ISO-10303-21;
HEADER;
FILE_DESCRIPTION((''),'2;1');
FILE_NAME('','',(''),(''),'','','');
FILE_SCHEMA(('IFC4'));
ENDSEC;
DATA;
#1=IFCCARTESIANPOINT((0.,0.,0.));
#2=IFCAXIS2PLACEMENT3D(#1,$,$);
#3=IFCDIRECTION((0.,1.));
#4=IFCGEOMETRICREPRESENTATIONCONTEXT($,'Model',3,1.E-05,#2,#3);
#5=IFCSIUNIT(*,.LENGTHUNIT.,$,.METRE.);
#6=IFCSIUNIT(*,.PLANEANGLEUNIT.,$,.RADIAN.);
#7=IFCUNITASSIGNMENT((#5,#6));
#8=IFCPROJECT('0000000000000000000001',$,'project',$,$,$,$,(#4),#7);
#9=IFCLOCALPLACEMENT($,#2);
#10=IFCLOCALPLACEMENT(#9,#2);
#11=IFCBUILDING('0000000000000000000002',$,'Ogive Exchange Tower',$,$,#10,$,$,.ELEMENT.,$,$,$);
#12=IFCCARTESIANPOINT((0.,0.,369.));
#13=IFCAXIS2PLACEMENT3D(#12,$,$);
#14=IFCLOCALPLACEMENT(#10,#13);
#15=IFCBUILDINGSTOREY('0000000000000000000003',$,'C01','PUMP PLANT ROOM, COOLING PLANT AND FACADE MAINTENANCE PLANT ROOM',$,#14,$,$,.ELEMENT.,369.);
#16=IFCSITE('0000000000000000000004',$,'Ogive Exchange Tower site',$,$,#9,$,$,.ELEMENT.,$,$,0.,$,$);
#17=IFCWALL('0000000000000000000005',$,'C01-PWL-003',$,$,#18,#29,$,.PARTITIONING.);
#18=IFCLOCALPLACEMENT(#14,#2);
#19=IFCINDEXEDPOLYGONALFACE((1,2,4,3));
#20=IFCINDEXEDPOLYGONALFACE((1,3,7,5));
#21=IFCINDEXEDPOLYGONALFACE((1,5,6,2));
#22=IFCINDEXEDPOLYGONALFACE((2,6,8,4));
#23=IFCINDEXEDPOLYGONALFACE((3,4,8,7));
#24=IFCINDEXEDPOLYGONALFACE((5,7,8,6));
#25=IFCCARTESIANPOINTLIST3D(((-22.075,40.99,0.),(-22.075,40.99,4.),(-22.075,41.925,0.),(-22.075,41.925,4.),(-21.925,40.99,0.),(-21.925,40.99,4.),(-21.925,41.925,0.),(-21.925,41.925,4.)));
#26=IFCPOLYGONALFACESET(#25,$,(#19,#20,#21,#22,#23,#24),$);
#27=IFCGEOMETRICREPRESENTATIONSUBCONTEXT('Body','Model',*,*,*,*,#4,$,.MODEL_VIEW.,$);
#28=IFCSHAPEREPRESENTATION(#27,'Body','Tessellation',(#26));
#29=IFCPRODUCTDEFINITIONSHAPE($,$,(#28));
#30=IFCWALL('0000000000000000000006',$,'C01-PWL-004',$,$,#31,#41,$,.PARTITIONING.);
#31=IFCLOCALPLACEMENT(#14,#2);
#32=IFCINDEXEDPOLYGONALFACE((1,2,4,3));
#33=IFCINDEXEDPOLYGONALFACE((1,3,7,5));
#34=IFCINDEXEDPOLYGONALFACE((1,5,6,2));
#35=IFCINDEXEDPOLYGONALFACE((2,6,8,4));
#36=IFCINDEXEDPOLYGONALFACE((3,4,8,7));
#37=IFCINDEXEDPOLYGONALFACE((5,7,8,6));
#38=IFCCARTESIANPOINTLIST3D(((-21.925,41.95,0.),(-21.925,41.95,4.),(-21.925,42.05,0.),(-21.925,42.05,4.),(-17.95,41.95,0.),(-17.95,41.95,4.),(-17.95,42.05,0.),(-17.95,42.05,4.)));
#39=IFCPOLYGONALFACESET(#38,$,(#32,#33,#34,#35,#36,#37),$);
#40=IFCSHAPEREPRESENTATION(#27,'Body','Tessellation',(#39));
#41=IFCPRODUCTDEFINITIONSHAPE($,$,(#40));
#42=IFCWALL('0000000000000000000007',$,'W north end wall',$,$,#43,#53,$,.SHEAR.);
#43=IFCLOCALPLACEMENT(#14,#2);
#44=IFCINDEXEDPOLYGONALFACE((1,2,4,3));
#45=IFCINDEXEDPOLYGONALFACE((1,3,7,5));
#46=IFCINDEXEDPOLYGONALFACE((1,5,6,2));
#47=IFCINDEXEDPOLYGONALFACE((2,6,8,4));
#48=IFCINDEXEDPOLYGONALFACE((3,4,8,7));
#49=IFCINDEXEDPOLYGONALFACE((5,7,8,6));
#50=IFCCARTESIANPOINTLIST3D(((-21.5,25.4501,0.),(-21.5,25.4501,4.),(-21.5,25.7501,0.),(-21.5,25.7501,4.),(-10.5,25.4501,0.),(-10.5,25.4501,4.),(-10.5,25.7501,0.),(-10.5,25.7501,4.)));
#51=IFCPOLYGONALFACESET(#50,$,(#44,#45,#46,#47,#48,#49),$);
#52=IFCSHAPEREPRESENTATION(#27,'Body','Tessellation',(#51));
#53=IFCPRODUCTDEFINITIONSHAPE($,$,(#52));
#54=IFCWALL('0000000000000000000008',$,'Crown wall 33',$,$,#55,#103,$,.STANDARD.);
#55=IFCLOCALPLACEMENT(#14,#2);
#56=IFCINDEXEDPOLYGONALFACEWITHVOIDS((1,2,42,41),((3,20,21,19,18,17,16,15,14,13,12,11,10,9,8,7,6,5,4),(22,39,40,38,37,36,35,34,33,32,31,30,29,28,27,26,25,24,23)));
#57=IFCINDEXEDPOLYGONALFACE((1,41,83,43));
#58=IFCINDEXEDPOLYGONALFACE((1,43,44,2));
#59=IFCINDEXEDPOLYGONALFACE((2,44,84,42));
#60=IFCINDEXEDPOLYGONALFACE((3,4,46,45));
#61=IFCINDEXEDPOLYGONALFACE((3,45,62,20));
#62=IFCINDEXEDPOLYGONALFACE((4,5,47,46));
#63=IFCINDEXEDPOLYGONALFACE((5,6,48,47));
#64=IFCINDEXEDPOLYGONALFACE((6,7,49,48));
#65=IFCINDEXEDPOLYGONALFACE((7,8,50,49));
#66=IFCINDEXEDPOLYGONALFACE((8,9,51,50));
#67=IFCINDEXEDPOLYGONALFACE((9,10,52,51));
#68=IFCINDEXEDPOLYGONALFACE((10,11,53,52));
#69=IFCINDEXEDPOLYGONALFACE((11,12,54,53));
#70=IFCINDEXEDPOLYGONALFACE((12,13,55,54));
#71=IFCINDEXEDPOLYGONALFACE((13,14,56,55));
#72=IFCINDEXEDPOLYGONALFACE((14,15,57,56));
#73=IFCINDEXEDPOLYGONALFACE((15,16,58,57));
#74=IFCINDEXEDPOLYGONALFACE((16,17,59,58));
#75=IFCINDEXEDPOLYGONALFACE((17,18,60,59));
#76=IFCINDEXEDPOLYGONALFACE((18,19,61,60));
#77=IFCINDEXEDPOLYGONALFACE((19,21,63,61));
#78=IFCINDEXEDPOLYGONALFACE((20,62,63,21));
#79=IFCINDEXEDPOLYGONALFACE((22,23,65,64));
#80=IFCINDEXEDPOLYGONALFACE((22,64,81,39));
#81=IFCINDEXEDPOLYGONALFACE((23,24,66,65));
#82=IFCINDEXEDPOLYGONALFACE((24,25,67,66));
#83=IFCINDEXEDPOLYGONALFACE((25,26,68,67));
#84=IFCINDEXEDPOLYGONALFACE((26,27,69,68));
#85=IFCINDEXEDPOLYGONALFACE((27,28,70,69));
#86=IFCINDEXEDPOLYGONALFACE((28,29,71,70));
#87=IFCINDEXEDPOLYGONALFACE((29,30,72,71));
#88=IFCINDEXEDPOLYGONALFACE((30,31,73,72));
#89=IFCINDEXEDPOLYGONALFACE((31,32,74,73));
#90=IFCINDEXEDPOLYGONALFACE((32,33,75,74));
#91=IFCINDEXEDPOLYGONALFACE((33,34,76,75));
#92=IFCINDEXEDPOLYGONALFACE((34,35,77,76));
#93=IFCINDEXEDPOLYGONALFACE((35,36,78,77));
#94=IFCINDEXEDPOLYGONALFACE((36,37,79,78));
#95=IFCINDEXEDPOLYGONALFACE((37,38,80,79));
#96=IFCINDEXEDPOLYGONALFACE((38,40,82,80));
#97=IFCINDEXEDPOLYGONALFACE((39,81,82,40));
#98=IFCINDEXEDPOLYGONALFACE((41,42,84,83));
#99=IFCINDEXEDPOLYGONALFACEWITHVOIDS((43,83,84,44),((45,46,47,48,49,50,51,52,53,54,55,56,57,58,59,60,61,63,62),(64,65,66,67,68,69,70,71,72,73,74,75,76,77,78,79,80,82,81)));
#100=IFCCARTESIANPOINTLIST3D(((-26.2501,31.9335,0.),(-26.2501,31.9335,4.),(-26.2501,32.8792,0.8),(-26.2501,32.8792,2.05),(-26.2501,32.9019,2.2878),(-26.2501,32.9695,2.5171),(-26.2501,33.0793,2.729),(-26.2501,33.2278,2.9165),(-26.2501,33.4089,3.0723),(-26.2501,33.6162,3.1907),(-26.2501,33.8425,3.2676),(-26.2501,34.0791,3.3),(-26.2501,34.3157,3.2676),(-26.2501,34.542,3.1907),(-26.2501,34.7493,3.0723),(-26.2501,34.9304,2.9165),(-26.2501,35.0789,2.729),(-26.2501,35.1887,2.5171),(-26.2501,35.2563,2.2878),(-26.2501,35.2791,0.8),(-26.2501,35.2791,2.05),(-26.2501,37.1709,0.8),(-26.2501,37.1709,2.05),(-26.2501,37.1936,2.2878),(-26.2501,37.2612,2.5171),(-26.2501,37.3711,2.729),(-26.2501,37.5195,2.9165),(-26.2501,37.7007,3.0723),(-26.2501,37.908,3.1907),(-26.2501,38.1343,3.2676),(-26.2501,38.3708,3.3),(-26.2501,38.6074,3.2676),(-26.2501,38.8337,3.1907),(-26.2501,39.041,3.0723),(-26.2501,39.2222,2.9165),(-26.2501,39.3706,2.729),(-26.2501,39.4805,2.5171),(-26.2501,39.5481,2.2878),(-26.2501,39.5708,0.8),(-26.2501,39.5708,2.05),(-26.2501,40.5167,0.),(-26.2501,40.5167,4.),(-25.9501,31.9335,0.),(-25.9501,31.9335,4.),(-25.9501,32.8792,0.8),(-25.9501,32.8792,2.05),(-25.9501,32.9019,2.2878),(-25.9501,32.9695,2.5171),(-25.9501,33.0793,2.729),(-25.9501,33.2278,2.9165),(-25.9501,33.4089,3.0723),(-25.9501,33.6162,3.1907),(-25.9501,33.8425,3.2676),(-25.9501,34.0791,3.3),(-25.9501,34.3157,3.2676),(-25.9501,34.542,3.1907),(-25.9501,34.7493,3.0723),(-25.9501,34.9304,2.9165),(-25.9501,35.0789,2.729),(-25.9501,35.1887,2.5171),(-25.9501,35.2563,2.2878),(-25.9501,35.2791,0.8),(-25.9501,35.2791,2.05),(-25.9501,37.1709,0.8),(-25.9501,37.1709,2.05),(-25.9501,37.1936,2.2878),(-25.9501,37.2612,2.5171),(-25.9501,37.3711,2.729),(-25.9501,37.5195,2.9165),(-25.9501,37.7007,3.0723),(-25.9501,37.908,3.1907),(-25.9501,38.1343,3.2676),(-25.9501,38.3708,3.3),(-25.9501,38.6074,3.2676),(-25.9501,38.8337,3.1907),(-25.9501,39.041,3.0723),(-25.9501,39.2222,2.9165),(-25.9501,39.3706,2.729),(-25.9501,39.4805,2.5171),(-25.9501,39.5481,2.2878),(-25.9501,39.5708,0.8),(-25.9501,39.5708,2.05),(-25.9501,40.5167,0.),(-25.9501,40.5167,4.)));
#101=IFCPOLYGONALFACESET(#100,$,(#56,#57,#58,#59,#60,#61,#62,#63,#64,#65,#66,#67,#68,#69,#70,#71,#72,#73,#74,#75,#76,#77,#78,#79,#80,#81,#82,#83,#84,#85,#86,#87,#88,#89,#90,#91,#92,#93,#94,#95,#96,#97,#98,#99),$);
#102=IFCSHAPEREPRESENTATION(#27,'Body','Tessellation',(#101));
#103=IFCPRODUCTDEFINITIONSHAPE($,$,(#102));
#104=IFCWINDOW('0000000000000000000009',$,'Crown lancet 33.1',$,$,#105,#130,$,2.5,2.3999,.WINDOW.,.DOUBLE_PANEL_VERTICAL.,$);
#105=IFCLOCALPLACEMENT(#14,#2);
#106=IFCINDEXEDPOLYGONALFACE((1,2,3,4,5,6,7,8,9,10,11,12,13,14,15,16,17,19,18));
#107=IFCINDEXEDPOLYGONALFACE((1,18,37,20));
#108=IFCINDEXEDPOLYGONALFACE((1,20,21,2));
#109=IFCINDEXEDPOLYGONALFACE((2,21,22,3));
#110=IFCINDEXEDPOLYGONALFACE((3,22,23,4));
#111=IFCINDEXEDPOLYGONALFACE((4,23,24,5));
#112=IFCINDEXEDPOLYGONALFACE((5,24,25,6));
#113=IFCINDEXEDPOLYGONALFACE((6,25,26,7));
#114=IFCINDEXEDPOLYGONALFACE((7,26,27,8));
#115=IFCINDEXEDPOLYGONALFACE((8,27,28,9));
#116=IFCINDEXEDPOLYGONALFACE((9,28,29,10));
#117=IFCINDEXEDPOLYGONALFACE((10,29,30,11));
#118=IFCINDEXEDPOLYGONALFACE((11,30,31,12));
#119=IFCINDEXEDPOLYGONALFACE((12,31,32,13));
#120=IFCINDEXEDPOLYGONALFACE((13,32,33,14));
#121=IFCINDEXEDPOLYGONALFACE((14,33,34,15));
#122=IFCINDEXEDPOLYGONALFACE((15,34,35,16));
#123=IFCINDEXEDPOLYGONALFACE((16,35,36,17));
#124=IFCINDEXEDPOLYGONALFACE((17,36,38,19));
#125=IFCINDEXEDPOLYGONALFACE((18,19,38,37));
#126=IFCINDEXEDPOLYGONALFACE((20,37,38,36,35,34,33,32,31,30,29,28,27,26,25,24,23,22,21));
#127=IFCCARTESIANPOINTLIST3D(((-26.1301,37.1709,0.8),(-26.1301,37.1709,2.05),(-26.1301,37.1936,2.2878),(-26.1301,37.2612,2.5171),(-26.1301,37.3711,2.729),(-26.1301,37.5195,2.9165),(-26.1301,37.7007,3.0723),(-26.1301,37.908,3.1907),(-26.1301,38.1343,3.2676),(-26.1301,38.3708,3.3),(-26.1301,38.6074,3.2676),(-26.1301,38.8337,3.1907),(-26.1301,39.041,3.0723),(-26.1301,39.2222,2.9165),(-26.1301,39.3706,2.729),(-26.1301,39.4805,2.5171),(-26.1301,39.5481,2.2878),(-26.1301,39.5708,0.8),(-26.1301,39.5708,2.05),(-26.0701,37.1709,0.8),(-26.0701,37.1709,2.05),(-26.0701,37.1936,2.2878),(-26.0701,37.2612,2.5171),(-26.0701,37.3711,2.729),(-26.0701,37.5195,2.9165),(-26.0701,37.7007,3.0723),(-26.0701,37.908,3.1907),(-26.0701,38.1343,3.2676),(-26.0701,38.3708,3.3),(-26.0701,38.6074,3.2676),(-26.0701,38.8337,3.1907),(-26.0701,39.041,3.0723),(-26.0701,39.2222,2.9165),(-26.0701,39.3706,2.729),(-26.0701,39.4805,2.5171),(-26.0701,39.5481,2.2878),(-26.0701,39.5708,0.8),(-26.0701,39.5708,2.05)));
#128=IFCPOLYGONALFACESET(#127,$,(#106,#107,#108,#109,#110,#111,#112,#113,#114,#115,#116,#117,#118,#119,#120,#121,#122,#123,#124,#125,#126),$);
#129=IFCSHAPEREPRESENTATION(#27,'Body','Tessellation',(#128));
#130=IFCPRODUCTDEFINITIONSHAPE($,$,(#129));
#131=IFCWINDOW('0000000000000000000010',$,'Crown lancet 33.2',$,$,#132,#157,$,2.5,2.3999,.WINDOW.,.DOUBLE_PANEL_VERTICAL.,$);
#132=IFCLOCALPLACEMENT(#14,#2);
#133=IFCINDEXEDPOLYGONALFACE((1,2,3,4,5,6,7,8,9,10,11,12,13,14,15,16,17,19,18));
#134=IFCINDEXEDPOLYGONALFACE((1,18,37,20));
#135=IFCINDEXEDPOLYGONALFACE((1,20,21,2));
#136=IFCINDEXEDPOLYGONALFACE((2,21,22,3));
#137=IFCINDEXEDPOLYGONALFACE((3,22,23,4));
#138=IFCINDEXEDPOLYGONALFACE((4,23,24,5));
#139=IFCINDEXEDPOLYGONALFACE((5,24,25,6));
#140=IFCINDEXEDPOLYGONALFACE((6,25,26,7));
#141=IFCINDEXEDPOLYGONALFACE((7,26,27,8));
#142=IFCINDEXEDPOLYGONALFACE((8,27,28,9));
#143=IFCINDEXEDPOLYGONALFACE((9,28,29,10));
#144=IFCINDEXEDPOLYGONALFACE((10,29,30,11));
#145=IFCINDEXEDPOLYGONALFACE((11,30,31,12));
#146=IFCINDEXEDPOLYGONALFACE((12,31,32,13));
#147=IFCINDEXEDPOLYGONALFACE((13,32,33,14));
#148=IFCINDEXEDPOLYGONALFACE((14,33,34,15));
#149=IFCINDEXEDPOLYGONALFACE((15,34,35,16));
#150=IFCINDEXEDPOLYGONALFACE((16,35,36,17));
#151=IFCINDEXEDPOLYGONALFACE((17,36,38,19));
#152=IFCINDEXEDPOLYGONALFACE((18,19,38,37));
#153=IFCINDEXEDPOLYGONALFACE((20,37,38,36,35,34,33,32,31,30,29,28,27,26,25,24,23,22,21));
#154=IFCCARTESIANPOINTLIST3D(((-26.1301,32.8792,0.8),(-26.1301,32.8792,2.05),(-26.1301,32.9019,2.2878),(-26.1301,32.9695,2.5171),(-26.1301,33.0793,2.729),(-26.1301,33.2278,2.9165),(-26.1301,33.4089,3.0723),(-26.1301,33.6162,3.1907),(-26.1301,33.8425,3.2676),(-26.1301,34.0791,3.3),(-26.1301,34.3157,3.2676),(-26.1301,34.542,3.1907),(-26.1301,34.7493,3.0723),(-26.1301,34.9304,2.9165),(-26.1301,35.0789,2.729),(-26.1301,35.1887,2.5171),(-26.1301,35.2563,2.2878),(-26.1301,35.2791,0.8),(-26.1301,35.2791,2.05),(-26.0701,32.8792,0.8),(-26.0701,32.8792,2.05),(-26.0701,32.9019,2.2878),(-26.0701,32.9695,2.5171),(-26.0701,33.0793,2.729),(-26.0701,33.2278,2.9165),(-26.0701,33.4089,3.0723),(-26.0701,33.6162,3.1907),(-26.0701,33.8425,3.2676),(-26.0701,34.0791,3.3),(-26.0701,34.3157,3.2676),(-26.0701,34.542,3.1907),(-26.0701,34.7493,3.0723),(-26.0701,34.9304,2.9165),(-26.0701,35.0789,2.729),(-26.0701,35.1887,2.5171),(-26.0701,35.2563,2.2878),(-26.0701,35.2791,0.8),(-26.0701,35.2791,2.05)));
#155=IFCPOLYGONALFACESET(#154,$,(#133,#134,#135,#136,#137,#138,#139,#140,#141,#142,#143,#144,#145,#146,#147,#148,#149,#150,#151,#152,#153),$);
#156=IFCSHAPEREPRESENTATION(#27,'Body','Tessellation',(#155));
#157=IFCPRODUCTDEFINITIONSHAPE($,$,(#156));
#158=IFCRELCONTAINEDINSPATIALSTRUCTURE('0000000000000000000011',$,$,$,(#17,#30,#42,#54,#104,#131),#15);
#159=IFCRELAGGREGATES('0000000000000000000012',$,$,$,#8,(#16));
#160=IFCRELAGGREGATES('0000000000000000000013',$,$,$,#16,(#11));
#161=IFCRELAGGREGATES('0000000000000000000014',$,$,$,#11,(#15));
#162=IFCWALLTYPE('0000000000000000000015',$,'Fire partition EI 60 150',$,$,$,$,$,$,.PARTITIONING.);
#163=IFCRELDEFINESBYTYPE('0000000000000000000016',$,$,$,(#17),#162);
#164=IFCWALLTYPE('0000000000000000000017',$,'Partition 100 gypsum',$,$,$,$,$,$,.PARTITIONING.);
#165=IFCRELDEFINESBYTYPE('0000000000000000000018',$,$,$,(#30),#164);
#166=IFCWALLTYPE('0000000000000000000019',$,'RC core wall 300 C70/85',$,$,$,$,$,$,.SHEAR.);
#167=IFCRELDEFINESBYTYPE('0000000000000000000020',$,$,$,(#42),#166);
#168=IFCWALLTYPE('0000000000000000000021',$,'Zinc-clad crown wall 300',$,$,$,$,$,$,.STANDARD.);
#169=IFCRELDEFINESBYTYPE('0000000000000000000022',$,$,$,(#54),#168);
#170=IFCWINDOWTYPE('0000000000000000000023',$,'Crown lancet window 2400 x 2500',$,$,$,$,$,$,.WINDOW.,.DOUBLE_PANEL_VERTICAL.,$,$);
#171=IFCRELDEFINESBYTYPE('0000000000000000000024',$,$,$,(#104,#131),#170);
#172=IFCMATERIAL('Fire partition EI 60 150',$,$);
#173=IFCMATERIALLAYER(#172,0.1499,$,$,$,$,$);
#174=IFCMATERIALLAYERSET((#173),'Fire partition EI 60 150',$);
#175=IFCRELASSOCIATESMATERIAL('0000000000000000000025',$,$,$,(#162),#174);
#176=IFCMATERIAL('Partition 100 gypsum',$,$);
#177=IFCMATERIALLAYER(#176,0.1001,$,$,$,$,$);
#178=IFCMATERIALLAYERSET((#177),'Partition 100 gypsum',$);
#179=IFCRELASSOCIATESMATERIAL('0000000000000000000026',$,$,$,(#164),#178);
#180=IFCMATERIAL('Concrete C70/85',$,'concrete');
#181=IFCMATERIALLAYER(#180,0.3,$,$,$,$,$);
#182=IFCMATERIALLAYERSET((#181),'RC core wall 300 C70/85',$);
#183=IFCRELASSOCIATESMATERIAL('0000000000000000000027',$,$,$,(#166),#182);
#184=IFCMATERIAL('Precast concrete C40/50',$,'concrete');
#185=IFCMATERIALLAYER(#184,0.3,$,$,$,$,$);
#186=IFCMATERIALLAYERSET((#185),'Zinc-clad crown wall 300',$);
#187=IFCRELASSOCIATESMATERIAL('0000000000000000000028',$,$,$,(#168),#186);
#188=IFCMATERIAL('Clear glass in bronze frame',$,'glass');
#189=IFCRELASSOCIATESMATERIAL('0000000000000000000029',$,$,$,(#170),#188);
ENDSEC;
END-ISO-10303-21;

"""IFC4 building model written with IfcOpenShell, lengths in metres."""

from ifc_helpers import new_model, si_unit, direction, frame, frame_2d, origin, place, context, subcontext, project, spatial, polyline, rectangle, outline, extrude, material, layer, layer_set, type_object, element, fill, save


model = new_model("IFC4")

# Units and contexts
model_context = context("Model", 3, precision=1e-05, world=origin(), true_north=direction((0.0, 1.0)))
body_context = subcontext(model_context, "Body", "Model", "MODEL_VIEW")
ifc_project = project(units=[si_unit("LENGTHUNIT", "METRE"), si_unit("PLANEANGLEUNIT", "RADIAN")], contexts=[model_context])

# Site, building, storey
site_placement = place(None, origin())
site = spatial("IfcSite", under=ifc_project, at=site_placement, Name="Ogive Exchange Tower site", CompositionType="ELEMENT", RefElevation=0.0)
building_placement = place(site_placement, origin())
building = spatial("IfcBuilding", under=site, at=building_placement, Name="Ogive Exchange Tower", CompositionType="ELEMENT")
storey_placement = place(building_placement, frame((0.0, 0.0, 369.0)))
storey = spatial("IfcBuildingStorey", under=building, at=storey_placement, Name="C01", Description="PUMP PLANT ROOM, COOLING PLANT AND FACADE MAINTENANCE PLANT ROOM", CompositionType="ELEMENT", Elevation=369.0)

# Shared definitions
ifc_material_1 = material(Name="Fire partition EI 60 150")
ifc_layer_1 = layer(ifc_material_1, 0.1499)
ifc_layer_set_1 = layer_set([ifc_layer_1], Name="Fire partition EI 60 150")
wall_type_1 = type_object("IfcWallType", Name="Fire partition EI 60 150", PredefinedType="PARTITIONING", material=ifc_layer_set_1)

# Walls
wall_1_placement = place(storey_placement, frame((-22.0, 41.925, 0.0), z_axis=(0.0, 0.0, 1.0), x_axis=(0.0, -1.0, 0.0)))
element("IfcWall", 1, at=wall_1_placement, inside=storey, type_object=wall_type_1, Name="C01-PWL-003", PredefinedType="PARTITIONING", context=body_context, shape_type="SweptSolid", body=[
    extrude(rectangle(XDim=0.9351, YDim=0.1499, at=frame_2d((0.4675, 0.0))), origin(), (0.0, 0.0, 1.0), 4.0),
])
ifc_material_2 = material(Name="Partition 100 gypsum")
ifc_layer_2 = layer(ifc_material_2, 0.1001)
ifc_layer_set_2 = layer_set([ifc_layer_2], Name="Partition 100 gypsum")
wall_type_2 = type_object("IfcWallType", Name="Partition 100 gypsum", PredefinedType="PARTITIONING", material=ifc_layer_set_2)
wall_2_placement = place(storey_placement, frame((-21.925, 42.0, 0.0), z_axis=(0.0, 0.0, 1.0), x_axis=(1.0, 0.0, 0.0)))
element("IfcWall", 2, at=wall_2_placement, inside=storey, type_object=wall_type_2, Name="C01-PWL-004", PredefinedType="PARTITIONING", context=body_context, shape_type="SweptSolid", body=[
    extrude(rectangle(XDim=3.9751, YDim=0.1001, at=frame_2d((1.9875, 0.0))), origin(), (0.0, 0.0, 1.0), 4.0),
])
ifc_material_3 = material(Name="Concrete C70/85", Category="concrete")
ifc_layer_3 = layer(ifc_material_3, 0.3)
ifc_layer_set_3 = layer_set([ifc_layer_3], Name="RC core wall 300 C70/85")
wall_type_3 = type_object("IfcWallType", Name="RC core wall 300 C70/85", PredefinedType="SHEAR", material=ifc_layer_set_3)
wall_3_placement = place(storey_placement, frame((-21.5, 25.6001, 0.0), z_axis=(0.0, 0.0, 1.0), x_axis=(1.0, 0.0, 0.0)))
element("IfcWall", 3, at=wall_3_placement, inside=storey, type_object=wall_type_3, Name="W north end wall", PredefinedType="SHEAR", context=body_context, shape_type="SweptSolid", body=[
    extrude(rectangle(XDim=11.0, YDim=0.3, at=frame_2d((5.5, 0.0))), origin(), (0.0, 0.0, 1.0), 4.0),
])

# Wall, openings, windows
ifc_material_4 = material(Name="Precast concrete C40/50", Category="concrete")
ifc_layer_4 = layer(ifc_material_4, 0.3)
ifc_layer_set_4 = layer_set([ifc_layer_4], Name="Zinc-clad crown wall 300")
wall_type_4 = type_object("IfcWallType", Name="Zinc-clad crown wall 300", PredefinedType="STANDARD", material=ifc_layer_set_4)
wall_4_placement = place(storey_placement, frame((-26.1001, 40.5166, 0.0), z_axis=(0.0, 0.0, 1.0), x_axis=(0.0, -1.0, 0.0)))
wall_4 = element("IfcWall", 4, at=wall_4_placement, inside=storey, type_object=wall_type_4, Name="Crown wall 33", PredefinedType="STANDARD", context=body_context, shape_type="SweptSolid", body=[
    extrude(rectangle(XDim=8.5833, YDim=0.3, at=frame_2d((4.2915, 0.0))), origin(), (0.0, 0.0, 1.0), 4.0),
])
opening_1_placement = place(wall_4_placement, frame((0.9458, 0.0, 0.8)))
opening_1 = element("IfcOpeningElement", 5, at=opening_1_placement, cuts=wall_4, PredefinedType="OPENING", context=body_context, shape_type="SweptSolid", body=[
    extrude(outline(polyline([(0.0, 0.0), (2.3999, 0.0), (2.3999, 1.25), (2.3772, 1.4878), (2.3096, 1.717), (2.1997, 1.929), (2.0513, 2.1165), (1.8701, 2.2722), (1.6628, 2.3906), (1.4365, 2.4675), (1.2, 2.5), (0.9634, 2.4675), (0.7371, 2.3906), (0.5298, 2.2722), (0.3486, 2.1165), (0.2002, 1.929), (0.0903, 1.717), (0.0227, 1.4878), (0.0, 1.25), (0.0, 0.0)])), frame((0.0, 0.1599, 0.0), z_axis=(0.0, -1.0, 0.0), x_axis=(1.0, 0.0, 0.0)), (0.0, 0.0, 1.0), 0.3201),
])
opening_2_placement = place(wall_4_placement, frame((5.2375, 0.0, 0.8)))
opening_2 = element("IfcOpeningElement", 6, at=opening_2_placement, cuts=wall_4, PredefinedType="OPENING", context=body_context, shape_type="SweptSolid", body=[
    extrude(outline(polyline([(0.0, 0.0), (2.3999, 0.0), (2.3999, 1.25), (2.3772, 1.4878), (2.3096, 1.717), (2.1997, 1.929), (2.0513, 2.1165), (1.8701, 2.2722), (1.6628, 2.3906), (1.4365, 2.4675), (1.2, 2.5), (0.9634, 2.4675), (0.7371, 2.3906), (0.5298, 2.2722), (0.3486, 2.1165), (0.2002, 1.929), (0.0903, 1.717), (0.0227, 1.4878), (0.0, 1.25), (0.0, 0.0)])), frame((0.0, 0.1599, 0.0), z_axis=(0.0, -1.0, 0.0), x_axis=(1.0, 0.0, 0.0)), (0.0, 0.0, 1.0), 0.3201),
])
ifc_material_5 = material(Name="Clear glass in bronze frame", Category="glass")
window_type = type_object("IfcWindowType", Name="Crown lancet window 2400 x 2500", PartitioningType="DOUBLE_PANEL_VERTICAL", PredefinedType="WINDOW", material=ifc_material_5)
window_1_placement = place(opening_1_placement, origin())
window_1 = element("IfcWindow", 7, at=window_1_placement, inside=storey, type_object=window_type, Name="Crown lancet 33.1", OverallHeight=2.5, OverallWidth=2.3999, PartitioningType="DOUBLE_PANEL_VERTICAL", PredefinedType="WINDOW", context=body_context, shape_type="SweptSolid", body=[
    extrude(outline(polyline([(0.0, 0.0), (2.3999, 0.0), (2.3999, 1.25), (2.3772, 1.4878), (2.3096, 1.717), (2.1997, 1.929), (2.0513, 2.1165), (1.8701, 2.2722), (1.6628, 2.3906), (1.4365, 2.4675), (1.2, 2.5), (0.9634, 2.4675), (0.7371, 2.3906), (0.5298, 2.2722), (0.3486, 2.1165), (0.2002, 1.929), (0.0903, 1.717), (0.0227, 1.4878), (0.0, 1.25), (0.0, 0.0)])), frame((0.0, 0.03, 0.0), z_axis=(0.0, -1.0, 0.0), x_axis=(1.0, 0.0, 0.0)), (0.0, 0.0, 1.0), 0.0601),
])
fill(opening_1, window_1)
window_2_placement = place(opening_2_placement, origin())
window_2 = element("IfcWindow", 8, at=window_2_placement, inside=storey, type_object=window_type, Name="Crown lancet 33.2", OverallHeight=2.5, OverallWidth=2.3999, PartitioningType="DOUBLE_PANEL_VERTICAL", PredefinedType="WINDOW", context=body_context, shape_type="SweptSolid", body=[
    extrude(outline(polyline([(0.0, 0.0), (2.3999, 0.0), (2.3999, 1.25), (2.3772, 1.4878), (2.3096, 1.717), (2.1997, 1.929), (2.0513, 2.1165), (1.8701, 2.2722), (1.6628, 2.3906), (1.4365, 2.4675), (1.2, 2.5), (0.9634, 2.4675), (0.7371, 2.3906), (0.5298, 2.2722), (0.3486, 2.1165), (0.2002, 1.929), (0.0903, 1.717), (0.0227, 1.4878), (0.0, 1.25), (0.0, 0.0)])), frame((0.0, 0.03, 0.0), z_axis=(0.0, -1.0, 0.0), x_axis=(1.0, 0.0, 0.0)), (0.0, 0.0, 1.0), 0.0601),
])
fill(opening_2, window_2)

save(model, "model.ifc")
